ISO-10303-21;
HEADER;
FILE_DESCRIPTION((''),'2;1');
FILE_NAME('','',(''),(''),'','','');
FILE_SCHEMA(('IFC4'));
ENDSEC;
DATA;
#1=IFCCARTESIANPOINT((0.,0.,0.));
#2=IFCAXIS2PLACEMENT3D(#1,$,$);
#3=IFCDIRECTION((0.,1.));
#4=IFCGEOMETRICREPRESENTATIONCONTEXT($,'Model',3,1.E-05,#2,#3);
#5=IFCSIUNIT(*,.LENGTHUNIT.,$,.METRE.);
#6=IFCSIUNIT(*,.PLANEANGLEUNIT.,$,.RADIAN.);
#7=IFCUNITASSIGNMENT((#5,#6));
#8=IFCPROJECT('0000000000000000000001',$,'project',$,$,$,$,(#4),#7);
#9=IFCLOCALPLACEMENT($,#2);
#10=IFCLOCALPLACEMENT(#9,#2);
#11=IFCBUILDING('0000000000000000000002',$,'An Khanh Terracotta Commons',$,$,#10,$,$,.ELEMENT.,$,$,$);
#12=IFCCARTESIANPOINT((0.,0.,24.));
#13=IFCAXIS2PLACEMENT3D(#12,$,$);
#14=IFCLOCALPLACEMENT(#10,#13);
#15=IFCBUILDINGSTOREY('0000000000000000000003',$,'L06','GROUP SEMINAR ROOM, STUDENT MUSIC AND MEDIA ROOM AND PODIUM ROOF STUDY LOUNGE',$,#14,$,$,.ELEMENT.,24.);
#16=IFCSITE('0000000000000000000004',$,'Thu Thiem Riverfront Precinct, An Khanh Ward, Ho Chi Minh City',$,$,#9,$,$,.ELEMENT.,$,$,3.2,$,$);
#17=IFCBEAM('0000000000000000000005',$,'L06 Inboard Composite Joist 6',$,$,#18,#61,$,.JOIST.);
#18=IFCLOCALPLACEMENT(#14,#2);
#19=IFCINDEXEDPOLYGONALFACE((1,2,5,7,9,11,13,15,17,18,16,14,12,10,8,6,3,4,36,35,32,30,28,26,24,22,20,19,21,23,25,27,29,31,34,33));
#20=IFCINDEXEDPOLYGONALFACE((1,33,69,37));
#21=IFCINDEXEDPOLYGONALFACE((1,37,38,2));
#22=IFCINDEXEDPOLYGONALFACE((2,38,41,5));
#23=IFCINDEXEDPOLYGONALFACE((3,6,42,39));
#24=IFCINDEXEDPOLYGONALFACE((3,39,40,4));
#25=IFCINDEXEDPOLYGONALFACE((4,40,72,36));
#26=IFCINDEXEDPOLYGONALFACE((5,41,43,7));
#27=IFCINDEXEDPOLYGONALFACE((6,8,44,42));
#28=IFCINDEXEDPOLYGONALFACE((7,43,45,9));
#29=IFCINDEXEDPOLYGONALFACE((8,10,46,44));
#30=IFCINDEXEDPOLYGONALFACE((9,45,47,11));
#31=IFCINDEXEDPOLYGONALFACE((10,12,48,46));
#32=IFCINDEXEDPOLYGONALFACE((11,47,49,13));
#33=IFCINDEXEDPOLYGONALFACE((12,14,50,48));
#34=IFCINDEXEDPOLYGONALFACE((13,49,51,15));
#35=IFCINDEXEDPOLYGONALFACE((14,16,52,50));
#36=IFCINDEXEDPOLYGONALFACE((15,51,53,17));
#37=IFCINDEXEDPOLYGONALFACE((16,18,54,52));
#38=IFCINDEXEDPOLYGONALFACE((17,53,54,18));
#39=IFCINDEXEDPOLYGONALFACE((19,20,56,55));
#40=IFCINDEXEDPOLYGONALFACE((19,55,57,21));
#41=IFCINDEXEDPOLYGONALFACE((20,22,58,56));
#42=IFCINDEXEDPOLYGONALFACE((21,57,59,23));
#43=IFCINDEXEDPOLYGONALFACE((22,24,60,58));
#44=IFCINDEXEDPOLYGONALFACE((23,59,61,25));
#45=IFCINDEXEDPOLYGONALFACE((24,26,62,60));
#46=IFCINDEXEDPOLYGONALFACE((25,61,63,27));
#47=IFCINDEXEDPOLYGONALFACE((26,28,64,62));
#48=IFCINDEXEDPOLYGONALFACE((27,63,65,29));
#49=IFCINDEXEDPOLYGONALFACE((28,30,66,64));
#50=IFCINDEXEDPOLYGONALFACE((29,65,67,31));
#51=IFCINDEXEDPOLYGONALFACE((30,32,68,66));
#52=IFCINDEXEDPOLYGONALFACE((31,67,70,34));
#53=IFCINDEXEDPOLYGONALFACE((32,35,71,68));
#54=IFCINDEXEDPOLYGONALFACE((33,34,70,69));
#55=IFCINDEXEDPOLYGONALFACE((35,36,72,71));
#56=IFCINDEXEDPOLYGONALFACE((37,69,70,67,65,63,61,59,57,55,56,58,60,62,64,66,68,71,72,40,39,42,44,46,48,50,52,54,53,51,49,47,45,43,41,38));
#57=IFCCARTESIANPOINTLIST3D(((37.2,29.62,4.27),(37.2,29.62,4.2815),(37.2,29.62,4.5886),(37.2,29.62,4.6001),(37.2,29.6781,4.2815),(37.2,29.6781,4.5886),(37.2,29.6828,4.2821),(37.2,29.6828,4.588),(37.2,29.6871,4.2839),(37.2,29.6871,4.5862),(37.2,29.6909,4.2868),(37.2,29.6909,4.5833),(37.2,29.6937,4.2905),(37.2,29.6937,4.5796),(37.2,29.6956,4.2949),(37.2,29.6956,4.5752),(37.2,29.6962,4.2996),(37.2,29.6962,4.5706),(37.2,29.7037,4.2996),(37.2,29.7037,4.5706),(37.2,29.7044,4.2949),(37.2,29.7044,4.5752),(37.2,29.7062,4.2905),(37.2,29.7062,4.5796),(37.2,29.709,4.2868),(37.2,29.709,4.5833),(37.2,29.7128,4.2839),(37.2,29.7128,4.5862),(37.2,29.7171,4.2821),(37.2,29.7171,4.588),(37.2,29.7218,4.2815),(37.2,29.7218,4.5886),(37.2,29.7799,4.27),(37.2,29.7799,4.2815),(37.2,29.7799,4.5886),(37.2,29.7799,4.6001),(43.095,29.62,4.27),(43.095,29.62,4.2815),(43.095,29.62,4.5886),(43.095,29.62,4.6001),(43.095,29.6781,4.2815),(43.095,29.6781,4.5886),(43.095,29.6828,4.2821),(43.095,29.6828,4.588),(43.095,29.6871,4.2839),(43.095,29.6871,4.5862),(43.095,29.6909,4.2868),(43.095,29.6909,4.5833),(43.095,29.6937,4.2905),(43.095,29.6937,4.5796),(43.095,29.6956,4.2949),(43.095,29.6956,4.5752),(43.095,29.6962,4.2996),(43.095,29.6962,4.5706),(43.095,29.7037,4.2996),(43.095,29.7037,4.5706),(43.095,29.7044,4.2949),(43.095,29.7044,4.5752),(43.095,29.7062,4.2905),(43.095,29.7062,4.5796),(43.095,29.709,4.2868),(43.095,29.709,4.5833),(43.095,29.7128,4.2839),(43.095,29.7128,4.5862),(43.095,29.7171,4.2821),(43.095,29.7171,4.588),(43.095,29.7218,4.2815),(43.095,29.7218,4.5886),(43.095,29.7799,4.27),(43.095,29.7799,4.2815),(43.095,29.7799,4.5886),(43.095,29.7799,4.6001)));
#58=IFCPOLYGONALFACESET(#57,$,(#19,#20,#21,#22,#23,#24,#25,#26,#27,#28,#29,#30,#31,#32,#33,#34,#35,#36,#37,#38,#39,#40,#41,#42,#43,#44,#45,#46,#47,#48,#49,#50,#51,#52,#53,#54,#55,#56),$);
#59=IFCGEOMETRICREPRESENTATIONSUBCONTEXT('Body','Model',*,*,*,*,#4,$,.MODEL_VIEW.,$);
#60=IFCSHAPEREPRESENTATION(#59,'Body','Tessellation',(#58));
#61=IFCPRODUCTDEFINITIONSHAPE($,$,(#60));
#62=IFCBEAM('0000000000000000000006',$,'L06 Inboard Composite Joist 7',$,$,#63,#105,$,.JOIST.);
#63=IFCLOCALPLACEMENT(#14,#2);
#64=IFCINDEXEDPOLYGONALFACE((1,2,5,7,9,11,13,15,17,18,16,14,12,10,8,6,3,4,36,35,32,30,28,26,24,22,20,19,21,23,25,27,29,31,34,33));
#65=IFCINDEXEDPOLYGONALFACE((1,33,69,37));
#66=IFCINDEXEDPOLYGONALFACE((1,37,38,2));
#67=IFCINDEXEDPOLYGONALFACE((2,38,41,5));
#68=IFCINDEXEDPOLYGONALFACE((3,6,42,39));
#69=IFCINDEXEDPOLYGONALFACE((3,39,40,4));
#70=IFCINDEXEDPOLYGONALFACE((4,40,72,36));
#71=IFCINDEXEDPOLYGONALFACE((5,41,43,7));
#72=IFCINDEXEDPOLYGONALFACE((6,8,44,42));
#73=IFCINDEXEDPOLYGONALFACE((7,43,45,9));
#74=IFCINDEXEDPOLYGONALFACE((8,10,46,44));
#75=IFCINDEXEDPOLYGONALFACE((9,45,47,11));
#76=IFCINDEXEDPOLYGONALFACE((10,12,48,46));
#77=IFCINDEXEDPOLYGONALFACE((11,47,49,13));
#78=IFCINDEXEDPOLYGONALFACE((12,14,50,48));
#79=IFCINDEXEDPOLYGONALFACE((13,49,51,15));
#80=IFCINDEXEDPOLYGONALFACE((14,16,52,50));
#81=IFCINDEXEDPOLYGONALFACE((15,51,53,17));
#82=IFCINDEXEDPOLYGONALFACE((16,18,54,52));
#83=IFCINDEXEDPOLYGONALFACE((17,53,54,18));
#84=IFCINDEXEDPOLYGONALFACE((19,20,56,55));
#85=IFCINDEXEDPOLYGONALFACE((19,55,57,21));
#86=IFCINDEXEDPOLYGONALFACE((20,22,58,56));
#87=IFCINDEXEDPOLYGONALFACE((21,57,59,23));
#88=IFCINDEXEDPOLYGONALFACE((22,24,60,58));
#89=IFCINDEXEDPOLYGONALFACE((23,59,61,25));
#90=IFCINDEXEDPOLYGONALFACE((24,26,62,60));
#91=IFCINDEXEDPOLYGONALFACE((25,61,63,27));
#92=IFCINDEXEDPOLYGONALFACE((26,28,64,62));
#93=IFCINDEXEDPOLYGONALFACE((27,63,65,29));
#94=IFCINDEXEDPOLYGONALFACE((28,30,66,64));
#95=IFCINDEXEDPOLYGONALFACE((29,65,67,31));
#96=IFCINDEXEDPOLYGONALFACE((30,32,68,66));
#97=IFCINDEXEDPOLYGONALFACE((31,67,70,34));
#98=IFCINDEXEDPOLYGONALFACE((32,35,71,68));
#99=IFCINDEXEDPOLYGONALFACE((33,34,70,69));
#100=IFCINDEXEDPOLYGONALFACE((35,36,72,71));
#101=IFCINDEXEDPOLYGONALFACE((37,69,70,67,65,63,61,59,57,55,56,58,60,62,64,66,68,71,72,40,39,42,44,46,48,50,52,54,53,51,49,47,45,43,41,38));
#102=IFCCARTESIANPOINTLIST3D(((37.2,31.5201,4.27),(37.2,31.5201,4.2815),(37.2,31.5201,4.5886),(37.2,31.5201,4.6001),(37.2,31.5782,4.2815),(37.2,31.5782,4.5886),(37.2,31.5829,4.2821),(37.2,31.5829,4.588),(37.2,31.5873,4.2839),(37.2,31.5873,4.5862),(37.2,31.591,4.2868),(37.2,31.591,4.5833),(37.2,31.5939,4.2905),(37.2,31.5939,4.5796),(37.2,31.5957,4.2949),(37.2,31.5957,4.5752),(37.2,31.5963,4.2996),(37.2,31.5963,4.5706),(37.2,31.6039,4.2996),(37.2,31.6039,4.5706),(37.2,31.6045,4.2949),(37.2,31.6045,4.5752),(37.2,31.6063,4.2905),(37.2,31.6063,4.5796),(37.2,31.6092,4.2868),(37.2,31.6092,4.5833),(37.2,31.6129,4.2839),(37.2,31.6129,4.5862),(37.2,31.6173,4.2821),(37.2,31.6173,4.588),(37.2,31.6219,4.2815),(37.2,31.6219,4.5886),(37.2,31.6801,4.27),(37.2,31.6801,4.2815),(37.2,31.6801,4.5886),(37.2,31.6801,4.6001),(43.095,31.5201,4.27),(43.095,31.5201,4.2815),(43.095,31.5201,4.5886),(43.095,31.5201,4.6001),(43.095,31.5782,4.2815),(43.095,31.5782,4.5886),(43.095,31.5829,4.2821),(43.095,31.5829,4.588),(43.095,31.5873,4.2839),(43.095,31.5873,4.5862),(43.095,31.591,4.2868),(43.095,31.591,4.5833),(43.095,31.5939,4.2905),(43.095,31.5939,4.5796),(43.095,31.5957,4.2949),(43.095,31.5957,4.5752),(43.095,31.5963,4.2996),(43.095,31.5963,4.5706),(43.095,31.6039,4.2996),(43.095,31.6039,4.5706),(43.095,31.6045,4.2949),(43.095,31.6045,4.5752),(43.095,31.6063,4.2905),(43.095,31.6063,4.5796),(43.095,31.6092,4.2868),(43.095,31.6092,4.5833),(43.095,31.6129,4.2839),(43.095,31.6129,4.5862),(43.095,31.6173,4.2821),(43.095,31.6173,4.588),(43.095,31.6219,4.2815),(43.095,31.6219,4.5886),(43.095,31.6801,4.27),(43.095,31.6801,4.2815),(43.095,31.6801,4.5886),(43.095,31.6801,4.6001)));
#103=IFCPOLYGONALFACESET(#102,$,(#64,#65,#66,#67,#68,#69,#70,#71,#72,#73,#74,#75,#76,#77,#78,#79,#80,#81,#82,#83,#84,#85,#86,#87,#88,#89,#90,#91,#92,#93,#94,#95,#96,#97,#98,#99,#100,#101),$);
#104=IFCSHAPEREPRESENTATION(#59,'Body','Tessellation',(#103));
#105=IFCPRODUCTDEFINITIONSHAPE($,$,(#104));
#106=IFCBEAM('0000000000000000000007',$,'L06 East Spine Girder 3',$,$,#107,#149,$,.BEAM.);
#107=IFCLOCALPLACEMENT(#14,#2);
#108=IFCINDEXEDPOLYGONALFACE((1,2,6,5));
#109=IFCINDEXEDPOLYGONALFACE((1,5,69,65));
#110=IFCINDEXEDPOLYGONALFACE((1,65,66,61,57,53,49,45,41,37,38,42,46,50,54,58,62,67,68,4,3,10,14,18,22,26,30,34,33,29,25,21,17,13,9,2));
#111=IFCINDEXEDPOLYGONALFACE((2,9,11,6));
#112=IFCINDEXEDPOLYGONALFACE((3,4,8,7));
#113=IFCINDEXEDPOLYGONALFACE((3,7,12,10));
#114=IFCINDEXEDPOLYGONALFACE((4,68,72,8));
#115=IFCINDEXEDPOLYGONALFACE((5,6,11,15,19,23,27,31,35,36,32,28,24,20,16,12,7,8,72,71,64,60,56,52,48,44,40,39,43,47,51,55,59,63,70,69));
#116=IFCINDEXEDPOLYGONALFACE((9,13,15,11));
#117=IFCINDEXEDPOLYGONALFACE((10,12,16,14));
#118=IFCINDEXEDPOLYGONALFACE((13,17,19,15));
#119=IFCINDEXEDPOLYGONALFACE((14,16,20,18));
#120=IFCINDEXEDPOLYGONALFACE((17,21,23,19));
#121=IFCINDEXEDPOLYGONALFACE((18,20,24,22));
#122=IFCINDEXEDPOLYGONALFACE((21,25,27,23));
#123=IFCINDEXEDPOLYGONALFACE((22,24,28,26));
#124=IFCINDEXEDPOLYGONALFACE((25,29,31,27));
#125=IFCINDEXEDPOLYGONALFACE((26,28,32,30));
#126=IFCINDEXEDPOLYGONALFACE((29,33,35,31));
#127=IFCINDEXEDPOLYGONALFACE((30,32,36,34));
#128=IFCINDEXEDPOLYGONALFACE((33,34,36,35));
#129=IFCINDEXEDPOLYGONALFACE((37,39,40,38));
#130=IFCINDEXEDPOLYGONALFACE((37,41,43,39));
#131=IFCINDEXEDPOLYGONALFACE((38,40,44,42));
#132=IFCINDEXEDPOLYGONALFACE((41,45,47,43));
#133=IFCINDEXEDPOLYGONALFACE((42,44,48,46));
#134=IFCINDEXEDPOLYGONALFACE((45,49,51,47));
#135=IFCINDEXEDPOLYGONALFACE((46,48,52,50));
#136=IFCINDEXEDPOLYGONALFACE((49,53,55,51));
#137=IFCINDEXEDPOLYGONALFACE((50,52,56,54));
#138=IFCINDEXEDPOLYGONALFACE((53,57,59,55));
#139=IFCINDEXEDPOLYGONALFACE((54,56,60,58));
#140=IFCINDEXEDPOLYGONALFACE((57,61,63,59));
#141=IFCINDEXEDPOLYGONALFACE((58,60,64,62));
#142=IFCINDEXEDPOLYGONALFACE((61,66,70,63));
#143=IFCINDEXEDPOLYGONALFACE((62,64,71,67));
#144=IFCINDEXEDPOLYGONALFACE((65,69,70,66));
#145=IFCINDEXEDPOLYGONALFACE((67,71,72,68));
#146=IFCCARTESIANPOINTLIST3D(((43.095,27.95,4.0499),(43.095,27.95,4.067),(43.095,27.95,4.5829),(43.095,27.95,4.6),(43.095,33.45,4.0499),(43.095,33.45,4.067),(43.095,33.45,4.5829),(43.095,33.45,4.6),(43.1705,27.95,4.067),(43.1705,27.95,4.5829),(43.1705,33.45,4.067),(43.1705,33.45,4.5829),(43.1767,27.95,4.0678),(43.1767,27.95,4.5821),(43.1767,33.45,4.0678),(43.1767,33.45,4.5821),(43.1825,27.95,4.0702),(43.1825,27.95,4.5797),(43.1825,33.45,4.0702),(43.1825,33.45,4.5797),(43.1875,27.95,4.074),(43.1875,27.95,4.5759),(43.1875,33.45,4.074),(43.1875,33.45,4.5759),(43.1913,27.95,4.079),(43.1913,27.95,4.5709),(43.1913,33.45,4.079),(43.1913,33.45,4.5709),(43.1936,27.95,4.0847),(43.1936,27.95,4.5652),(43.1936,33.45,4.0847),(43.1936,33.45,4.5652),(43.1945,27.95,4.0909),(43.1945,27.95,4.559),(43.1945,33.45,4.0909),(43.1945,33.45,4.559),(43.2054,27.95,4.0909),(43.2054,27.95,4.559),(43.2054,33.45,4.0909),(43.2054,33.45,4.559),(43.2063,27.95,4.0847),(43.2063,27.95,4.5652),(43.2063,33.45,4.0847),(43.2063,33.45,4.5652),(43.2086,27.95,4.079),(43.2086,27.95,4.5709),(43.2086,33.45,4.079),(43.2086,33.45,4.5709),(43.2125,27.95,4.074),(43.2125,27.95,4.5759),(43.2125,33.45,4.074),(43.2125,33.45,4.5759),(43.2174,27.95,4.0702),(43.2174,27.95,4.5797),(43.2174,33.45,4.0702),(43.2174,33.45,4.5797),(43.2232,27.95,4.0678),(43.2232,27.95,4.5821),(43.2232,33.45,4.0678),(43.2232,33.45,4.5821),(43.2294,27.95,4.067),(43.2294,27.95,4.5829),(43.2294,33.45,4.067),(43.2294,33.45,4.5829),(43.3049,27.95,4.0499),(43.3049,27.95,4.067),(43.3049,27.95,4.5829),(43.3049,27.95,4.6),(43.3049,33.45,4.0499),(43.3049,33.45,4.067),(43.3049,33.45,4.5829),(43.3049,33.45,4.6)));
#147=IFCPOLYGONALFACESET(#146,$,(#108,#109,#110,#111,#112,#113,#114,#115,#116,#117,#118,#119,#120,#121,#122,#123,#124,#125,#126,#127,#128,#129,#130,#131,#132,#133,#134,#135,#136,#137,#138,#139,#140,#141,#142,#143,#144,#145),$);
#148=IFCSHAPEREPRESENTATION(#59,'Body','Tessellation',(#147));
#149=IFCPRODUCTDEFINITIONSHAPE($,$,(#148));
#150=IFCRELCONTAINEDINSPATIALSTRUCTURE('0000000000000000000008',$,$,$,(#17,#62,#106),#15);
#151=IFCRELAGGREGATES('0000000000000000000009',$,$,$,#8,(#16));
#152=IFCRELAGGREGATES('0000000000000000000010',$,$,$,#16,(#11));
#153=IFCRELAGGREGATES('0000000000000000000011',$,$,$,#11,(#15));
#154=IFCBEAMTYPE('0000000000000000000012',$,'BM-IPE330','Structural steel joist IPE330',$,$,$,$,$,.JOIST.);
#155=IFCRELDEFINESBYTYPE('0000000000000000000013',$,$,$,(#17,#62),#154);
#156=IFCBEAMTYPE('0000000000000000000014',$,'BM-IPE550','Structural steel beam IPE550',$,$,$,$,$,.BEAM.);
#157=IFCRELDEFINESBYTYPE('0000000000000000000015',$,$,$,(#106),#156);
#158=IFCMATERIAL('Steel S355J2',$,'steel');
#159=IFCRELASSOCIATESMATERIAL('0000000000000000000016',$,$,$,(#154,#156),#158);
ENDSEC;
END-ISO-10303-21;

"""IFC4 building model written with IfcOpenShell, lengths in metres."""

from ifc_helpers import new_model, si_unit, direction, frame, origin, origin_2d, place, context, subcontext, project, spatial, i_section, extrude, material, material_profile, profile_set, type_object, element, save


model = new_model("IFC4")

# Units and contexts
model_context = context("Model", 3, precision=1e-05, world=origin(), true_north=direction((0.0, 1.0)))
body_context = subcontext(model_context, "Body", "Model", "MODEL_VIEW")
ifc_project = project(units=[si_unit("LENGTHUNIT", "METRE"), si_unit("PLANEANGLEUNIT", "RADIAN")], contexts=[model_context])

# Site, building, storey
site_placement = place(None, origin())
site = spatial("IfcSite", under=ifc_project, at=site_placement, Name="Thu Thiem Riverfront Precinct, An Khanh Ward, Ho Chi Minh City", CompositionType="ELEMENT", RefElevation=3.2)
building_placement = place(site_placement, origin())
building = spatial("IfcBuilding", under=site, at=building_placement, Name="An Khanh Terracotta Commons", CompositionType="ELEMENT")
storey_placement = place(building_placement, frame((0.0, 0.0, 24.0)))
storey = spatial("IfcBuildingStorey", under=building, at=storey_placement, Name="L06", Description="GROUP SEMINAR ROOM, STUDENT MUSIC AND MEDIA ROOM AND PODIUM ROOF STUDY LOUNGE", CompositionType="ELEMENT", Elevation=24.0)

# Beams
ifc_material_1 = material(Name="Steel S355J2", Category="steel")
ifc_material_profile_1 = material_profile(ifc_material_1, i_section(OverallWidth=0.1599, OverallDepth=0.3301, WebThickness=0.0076, FlangeThickness=0.0115, FilletRadius=0.0181, at=origin_2d()), Name="IPE330")
ifc_profile_set_1 = profile_set([ifc_material_profile_1], Name="Steel S355J2")
beam_type_1 = type_object("IfcBeamType", Name="BM-IPE330", Description="Structural steel joist IPE330", PredefinedType="JOIST", material=ifc_profile_set_1)
for number, where, z_axis, x_axis, name in (
    (1, (37.2, 29.7, 4.4351), (1.0, 0.0, 0.0), (0.0, 1.0, 0.0), "L06 Inboard Composite Joist 6"),
    (2, (37.2, 31.6001, 4.4351), (1.0, 0.0, 0.0), (0.0, 1.0, 0.0), "L06 Inboard Composite Joist 7"),
):
    element("IfcBeam", number, at=place(storey_placement, frame(where, z_axis=z_axis, x_axis=x_axis)), inside=storey, type_object=beam_type_1, Name=name, PredefinedType="JOIST", context=body_context, shape_type="SweptSolid", body=[
        extrude(i_section(OverallWidth=0.1599, OverallDepth=0.3301, WebThickness=0.0076, FlangeThickness=0.0115, FilletRadius=0.0181, at=origin_2d()), origin(), (0.0, 0.0, 1.0), 5.895),
    ])
ifc_material_profile_2 = material_profile(ifc_material_1, i_section(OverallWidth=0.21, OverallDepth=0.55, WebThickness=0.011, FlangeThickness=0.0171, FilletRadius=0.0239, at=origin_2d()), Name="IPE550")
ifc_profile_set_2 = profile_set([ifc_material_profile_2], Name="Steel S355J2")
beam_type_2 = type_object("IfcBeamType", Name="BM-IPE550", Description="Structural steel beam IPE550", PredefinedType="BEAM", material=ifc_profile_set_2)
beam_1_placement = place(storey_placement, frame((43.2, 27.95, 4.325), z_axis=(0.0, 1.0, 0.0), x_axis=(-1.0, 0.0, 0.0)))
element("IfcBeam", 3, at=beam_1_placement, inside=storey, type_object=beam_type_2, Name="L06 East Spine Girder 3", PredefinedType="BEAM", context=body_context, shape_type="SweptSolid", body=[
    extrude(i_section(OverallWidth=0.21, OverallDepth=0.55, WebThickness=0.011, FlangeThickness=0.0171, FilletRadius=0.0239, at=origin_2d()), origin(), (0.0, 0.0, 1.0), 5.5),
])

save(model, "model.ifc")
